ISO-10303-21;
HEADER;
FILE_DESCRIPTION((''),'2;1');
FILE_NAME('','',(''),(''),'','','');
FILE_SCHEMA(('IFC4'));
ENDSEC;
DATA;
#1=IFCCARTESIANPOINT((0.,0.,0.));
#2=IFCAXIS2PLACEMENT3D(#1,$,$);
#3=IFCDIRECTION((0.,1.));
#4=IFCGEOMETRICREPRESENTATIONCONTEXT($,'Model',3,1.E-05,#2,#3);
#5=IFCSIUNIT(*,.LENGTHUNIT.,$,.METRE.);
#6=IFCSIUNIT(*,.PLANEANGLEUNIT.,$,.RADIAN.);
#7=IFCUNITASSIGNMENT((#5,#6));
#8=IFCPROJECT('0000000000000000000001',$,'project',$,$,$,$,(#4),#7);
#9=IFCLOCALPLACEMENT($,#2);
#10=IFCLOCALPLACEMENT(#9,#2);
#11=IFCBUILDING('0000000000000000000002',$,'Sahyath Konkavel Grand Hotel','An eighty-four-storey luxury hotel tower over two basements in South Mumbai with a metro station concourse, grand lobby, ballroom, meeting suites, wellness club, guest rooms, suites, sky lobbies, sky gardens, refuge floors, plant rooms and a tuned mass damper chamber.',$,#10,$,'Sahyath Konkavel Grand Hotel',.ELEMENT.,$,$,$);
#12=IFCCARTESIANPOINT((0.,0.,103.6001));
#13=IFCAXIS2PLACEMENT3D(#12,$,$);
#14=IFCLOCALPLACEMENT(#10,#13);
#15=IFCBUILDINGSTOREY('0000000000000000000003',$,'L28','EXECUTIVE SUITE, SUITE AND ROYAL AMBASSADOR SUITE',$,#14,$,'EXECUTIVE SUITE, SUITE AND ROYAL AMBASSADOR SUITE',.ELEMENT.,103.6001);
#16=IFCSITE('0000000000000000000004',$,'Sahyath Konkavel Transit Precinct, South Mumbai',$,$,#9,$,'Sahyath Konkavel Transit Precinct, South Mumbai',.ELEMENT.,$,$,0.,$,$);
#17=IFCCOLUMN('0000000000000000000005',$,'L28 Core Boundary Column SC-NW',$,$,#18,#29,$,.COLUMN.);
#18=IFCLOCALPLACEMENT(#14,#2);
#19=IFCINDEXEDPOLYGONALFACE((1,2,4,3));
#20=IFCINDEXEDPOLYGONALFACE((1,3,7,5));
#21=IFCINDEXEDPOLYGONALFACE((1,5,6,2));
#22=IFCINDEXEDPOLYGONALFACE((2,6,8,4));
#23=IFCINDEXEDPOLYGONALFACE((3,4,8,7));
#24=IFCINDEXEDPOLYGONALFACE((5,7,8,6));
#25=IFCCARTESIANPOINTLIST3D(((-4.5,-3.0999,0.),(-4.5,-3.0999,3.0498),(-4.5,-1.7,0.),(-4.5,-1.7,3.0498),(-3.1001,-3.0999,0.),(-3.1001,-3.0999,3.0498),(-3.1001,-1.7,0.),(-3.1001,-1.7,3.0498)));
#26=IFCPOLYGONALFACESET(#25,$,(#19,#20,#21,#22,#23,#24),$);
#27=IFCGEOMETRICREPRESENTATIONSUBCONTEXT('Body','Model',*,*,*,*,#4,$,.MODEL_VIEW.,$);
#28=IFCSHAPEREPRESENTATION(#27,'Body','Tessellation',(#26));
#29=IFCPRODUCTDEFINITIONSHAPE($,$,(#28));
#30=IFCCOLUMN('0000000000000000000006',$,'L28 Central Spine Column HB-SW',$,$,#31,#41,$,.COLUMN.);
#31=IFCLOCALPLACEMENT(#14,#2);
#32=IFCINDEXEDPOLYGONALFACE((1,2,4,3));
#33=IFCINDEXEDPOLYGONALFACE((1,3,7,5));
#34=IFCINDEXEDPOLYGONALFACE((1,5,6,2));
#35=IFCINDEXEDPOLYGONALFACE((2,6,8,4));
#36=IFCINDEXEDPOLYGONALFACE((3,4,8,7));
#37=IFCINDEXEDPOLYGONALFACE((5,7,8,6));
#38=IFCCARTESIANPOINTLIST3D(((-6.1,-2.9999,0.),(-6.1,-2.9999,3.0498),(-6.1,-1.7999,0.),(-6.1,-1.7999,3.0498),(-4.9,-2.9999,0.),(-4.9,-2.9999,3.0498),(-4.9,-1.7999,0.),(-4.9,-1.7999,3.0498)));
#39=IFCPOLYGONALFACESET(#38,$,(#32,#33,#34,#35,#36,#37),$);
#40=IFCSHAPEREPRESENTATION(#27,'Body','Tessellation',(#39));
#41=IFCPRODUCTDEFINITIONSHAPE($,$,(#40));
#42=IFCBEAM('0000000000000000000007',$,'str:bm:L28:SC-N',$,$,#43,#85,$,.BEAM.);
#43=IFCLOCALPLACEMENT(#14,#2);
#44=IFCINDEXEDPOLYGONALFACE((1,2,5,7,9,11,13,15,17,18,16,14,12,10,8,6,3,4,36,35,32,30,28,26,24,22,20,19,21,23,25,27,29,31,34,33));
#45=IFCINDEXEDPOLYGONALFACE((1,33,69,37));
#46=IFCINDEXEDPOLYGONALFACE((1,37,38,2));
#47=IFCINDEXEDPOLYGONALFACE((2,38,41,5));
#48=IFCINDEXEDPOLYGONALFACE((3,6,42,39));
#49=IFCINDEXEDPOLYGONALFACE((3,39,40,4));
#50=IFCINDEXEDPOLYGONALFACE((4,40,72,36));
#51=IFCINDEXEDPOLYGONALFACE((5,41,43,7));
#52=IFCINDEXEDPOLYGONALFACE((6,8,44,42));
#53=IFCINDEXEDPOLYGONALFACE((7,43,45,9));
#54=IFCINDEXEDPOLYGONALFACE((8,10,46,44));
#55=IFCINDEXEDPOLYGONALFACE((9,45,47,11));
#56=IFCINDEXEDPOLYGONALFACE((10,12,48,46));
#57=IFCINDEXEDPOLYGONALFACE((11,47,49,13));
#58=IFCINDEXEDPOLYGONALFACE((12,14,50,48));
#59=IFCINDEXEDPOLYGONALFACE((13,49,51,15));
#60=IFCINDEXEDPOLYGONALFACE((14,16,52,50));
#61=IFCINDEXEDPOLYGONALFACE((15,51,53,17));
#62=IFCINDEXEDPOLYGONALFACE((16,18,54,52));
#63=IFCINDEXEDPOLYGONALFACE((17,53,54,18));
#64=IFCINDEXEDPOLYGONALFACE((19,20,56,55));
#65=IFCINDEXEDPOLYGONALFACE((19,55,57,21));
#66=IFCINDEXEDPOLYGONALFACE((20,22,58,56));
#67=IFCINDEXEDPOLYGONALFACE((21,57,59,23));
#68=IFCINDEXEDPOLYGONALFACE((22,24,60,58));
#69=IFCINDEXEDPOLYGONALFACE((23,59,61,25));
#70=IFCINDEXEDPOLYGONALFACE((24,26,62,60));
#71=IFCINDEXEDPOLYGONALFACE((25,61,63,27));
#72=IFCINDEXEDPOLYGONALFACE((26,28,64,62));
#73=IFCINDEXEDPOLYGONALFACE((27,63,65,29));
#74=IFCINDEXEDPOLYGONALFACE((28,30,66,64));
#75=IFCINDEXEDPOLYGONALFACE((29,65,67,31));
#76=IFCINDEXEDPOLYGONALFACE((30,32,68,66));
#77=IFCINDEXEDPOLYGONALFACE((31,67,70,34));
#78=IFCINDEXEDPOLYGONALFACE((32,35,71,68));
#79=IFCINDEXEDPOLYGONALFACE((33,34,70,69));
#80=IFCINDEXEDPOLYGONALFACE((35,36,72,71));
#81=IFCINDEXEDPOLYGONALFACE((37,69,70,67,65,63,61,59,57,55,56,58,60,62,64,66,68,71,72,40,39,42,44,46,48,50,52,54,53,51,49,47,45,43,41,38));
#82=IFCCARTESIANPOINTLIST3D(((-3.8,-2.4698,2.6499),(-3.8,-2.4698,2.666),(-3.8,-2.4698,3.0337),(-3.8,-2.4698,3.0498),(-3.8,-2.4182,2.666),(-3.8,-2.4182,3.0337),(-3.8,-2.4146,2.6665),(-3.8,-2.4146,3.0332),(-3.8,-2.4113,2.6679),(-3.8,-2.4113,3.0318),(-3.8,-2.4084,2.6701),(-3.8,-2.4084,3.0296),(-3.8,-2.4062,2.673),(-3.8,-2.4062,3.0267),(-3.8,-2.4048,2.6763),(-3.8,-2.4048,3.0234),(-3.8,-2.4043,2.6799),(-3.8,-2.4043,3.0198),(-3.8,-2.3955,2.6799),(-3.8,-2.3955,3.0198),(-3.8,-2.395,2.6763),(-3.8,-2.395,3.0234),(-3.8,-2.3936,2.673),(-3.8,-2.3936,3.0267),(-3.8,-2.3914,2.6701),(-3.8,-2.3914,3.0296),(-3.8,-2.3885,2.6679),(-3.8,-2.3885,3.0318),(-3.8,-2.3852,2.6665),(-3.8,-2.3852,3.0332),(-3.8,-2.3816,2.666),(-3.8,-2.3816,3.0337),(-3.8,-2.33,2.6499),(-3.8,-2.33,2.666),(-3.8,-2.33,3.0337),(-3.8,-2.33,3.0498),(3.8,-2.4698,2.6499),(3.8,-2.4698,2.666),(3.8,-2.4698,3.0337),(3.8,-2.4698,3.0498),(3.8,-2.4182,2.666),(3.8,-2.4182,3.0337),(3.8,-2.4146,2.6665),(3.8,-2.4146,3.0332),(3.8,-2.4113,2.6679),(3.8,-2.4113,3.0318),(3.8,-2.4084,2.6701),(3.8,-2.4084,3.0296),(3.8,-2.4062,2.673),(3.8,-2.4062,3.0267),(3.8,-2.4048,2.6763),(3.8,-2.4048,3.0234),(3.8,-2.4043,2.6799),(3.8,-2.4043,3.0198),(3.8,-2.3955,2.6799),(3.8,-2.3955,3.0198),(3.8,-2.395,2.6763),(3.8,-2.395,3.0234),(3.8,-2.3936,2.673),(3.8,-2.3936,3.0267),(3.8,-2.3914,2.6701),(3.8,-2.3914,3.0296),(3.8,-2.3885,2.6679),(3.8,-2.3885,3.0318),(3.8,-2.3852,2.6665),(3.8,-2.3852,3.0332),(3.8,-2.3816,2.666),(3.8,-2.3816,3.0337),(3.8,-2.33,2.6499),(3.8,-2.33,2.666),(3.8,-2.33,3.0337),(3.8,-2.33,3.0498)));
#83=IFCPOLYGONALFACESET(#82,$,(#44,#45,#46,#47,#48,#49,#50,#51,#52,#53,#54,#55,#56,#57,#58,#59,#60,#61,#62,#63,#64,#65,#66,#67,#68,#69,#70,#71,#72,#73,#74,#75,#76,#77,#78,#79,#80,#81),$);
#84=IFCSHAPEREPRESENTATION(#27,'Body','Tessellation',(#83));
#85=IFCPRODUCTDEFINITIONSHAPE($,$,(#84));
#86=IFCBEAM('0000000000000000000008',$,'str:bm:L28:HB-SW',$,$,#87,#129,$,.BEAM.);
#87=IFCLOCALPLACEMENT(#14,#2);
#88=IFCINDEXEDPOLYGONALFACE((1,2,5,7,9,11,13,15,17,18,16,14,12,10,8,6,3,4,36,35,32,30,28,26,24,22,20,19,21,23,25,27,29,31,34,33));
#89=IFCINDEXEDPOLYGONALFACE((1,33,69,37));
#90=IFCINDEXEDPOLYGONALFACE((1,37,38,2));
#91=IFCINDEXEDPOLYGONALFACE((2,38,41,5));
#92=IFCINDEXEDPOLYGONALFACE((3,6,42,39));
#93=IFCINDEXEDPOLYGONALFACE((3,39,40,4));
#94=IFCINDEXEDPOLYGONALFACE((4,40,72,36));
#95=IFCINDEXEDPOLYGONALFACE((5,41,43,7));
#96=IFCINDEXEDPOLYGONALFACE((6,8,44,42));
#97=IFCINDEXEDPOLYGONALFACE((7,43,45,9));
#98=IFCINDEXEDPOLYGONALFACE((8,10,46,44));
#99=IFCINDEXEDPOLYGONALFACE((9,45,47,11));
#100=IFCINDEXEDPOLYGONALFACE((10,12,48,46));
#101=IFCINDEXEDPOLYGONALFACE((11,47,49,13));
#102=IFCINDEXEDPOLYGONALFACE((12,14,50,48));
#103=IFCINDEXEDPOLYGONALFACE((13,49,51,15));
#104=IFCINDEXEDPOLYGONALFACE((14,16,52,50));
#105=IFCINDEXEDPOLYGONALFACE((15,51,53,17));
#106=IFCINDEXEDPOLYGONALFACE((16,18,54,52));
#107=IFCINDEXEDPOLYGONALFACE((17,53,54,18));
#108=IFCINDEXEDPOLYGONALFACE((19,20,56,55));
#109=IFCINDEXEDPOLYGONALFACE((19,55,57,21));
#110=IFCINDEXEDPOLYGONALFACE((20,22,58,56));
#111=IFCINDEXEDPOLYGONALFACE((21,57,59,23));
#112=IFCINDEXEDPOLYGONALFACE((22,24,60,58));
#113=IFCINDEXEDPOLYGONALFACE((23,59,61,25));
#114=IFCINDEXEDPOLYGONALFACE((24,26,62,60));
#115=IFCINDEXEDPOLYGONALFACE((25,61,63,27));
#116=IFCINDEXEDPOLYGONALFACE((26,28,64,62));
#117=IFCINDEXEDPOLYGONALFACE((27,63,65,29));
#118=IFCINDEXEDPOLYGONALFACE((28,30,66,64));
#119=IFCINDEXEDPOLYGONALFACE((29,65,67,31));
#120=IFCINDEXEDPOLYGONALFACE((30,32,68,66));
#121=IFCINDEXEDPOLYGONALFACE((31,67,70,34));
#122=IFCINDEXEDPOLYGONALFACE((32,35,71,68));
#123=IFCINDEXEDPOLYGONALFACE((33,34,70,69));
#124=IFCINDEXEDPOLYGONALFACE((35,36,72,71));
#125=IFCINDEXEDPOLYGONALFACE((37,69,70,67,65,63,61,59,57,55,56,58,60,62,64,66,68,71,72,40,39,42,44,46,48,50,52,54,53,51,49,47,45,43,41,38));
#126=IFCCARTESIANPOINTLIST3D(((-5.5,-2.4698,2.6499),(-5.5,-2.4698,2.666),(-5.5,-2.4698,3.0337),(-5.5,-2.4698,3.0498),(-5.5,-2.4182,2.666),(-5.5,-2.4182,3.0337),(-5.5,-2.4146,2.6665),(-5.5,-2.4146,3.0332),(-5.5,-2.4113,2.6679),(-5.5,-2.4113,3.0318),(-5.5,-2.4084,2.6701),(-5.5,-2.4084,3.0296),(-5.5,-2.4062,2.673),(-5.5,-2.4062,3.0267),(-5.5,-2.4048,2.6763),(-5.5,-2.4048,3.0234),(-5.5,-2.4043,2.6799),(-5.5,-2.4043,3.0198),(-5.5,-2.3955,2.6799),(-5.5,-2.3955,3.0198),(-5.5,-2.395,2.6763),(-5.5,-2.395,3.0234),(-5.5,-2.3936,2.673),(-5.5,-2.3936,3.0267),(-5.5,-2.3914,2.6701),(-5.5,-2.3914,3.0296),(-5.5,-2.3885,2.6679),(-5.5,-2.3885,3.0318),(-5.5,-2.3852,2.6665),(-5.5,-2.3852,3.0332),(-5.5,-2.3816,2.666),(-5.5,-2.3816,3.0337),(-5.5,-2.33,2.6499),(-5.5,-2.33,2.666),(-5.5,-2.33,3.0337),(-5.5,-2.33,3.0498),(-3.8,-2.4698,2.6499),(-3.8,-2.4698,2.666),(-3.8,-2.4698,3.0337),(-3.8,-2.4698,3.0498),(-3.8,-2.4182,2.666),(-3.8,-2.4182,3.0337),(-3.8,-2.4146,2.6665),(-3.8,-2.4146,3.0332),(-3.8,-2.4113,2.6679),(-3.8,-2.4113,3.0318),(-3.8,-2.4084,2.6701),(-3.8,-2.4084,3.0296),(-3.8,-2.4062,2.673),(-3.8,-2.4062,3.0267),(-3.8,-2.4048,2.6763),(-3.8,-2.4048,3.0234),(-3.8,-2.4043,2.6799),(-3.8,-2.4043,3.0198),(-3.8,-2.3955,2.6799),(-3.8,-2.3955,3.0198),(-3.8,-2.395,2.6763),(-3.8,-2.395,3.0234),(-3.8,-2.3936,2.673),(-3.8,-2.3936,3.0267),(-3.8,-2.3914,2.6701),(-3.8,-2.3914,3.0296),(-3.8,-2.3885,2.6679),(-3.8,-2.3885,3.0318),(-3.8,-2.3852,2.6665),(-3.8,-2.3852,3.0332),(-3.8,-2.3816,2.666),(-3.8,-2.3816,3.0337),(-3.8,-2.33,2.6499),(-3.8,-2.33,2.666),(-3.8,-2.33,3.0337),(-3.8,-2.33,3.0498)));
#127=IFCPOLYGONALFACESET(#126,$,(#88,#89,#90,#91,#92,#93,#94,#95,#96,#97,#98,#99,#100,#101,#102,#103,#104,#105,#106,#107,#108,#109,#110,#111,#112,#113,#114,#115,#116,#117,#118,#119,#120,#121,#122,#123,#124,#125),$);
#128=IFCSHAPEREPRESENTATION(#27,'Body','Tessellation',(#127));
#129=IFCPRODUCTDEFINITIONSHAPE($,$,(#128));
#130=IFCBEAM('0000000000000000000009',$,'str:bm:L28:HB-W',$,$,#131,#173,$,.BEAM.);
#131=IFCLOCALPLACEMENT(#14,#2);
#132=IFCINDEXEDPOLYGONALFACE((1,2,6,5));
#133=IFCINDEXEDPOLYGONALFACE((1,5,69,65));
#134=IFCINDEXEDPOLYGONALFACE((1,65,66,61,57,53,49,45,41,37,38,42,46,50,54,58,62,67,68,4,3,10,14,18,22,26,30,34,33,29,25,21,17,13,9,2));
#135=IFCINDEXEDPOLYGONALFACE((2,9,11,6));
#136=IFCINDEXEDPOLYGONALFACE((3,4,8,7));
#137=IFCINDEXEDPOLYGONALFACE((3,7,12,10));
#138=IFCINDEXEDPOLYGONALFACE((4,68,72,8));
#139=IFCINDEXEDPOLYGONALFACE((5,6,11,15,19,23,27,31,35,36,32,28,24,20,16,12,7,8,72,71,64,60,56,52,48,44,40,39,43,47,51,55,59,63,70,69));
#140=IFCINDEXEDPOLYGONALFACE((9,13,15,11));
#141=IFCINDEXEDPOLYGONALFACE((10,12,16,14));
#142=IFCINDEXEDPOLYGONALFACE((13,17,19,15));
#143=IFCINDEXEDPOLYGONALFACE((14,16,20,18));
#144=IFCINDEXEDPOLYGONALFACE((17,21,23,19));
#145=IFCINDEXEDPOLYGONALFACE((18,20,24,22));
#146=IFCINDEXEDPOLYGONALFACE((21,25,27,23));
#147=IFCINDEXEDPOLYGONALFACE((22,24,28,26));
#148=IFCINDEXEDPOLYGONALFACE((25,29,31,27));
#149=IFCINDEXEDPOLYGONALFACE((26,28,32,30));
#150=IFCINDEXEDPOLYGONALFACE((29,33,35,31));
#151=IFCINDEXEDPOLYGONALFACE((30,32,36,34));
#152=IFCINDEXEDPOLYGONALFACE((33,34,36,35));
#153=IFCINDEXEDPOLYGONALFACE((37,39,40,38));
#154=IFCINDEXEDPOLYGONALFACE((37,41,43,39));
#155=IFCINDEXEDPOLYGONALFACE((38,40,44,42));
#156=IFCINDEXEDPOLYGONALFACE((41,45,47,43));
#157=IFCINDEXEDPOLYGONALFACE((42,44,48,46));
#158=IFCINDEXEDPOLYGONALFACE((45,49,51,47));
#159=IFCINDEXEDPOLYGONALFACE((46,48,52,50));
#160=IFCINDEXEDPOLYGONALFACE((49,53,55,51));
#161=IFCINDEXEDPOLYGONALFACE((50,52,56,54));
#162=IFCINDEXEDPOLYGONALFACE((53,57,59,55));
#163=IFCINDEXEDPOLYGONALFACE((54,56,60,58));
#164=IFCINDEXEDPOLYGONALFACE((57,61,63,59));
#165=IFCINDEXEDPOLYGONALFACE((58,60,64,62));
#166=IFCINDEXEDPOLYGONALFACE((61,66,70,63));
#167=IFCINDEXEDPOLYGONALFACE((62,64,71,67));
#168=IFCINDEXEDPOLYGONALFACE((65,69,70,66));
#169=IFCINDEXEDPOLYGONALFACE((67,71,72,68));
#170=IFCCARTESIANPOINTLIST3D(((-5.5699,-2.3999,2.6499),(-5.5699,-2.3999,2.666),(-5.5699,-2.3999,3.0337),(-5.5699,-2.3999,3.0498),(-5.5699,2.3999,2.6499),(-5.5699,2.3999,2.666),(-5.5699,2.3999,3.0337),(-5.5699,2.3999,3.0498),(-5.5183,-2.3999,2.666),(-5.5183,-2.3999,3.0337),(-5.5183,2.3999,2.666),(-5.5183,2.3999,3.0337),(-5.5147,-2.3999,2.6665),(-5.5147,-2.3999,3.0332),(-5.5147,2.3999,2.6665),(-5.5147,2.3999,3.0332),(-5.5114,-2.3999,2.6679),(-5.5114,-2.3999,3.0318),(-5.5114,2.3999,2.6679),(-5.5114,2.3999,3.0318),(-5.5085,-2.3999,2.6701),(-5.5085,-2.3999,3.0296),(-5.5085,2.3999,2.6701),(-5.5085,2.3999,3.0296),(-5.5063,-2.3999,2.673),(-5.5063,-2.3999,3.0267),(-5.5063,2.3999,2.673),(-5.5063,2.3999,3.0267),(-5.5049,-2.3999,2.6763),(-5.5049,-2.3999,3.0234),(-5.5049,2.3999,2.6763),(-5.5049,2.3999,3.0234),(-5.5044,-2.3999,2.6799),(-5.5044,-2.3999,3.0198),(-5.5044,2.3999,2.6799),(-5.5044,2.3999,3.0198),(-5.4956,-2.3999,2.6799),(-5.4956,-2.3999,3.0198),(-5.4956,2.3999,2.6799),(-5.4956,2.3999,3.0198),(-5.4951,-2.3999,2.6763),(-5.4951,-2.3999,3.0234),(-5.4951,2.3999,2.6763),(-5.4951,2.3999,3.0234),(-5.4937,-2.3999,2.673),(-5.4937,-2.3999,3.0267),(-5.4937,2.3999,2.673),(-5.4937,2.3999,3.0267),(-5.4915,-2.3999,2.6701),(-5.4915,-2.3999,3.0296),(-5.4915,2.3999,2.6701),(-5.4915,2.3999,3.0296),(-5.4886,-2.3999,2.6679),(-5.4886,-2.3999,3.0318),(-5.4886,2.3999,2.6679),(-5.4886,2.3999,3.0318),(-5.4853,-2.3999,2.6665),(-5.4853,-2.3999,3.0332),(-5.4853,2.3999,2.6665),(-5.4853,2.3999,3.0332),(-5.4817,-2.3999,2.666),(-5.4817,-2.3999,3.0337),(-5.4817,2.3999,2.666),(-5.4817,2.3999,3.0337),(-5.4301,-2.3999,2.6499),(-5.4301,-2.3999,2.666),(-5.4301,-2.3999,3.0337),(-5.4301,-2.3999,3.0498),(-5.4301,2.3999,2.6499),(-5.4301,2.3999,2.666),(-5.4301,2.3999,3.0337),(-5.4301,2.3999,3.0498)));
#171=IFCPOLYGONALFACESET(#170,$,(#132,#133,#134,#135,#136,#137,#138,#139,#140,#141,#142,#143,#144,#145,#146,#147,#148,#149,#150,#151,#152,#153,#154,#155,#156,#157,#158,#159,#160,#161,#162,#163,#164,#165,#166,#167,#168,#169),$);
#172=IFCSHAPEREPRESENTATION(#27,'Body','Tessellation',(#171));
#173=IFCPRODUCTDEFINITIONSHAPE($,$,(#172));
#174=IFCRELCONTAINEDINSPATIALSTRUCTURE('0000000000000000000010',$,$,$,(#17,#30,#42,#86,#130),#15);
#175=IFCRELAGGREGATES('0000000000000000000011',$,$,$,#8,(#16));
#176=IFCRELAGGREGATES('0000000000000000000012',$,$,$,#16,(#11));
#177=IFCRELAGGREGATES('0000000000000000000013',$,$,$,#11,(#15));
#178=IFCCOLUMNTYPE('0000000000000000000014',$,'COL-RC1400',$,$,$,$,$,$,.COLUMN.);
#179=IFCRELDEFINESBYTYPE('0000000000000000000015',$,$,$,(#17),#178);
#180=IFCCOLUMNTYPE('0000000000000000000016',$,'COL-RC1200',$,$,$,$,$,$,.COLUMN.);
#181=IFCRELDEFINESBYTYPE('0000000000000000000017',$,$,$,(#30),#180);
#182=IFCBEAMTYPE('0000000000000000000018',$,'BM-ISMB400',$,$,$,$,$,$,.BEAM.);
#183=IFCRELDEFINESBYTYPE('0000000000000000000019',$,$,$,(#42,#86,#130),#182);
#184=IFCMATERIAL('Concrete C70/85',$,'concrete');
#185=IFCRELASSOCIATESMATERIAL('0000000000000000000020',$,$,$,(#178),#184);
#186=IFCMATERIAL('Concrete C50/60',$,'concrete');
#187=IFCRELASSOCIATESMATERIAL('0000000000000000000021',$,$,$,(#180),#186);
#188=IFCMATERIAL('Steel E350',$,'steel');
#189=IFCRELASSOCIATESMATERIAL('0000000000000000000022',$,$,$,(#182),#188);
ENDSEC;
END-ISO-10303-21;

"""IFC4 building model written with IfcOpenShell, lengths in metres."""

from ifc_helpers import new_model, si_unit, direction, frame, origin, origin_2d, place, context, subcontext, project, spatial, rectangle, i_section, extrude, source, transform, mapped, material, material_profile, profile_set, type_object, element, save


model = new_model("IFC4")

# Units and contexts
model_context = context("Model", 3, precision=1e-05, world=origin(), true_north=direction((0.0, 1.0)))
body_context = subcontext(model_context, "Body", "Model", "MODEL_VIEW")
ifc_project = project(units=[si_unit("LENGTHUNIT", "METRE"), si_unit("PLANEANGLEUNIT", "RADIAN")], contexts=[model_context])

# Site, building, storey
site_placement = place(None, origin())
site = spatial("IfcSite", under=ifc_project, at=site_placement, Name="Sahyath Konkavel Transit Precinct, South Mumbai", LongName="Sahyath Konkavel Transit Precinct, South Mumbai", CompositionType="ELEMENT", RefElevation=0.0)
building_placement = place(site_placement, origin())
building = spatial("IfcBuilding", under=site, at=building_placement, Name="Sahyath Konkavel Grand Hotel", Description="An eighty-four-storey luxury hotel tower over two basements in South Mumbai with a metro station concourse, grand lobby, ballroom, meeting suites, wellness club, guest rooms, suites, sky lobbies, sky gardens, refuge floors, plant rooms and a tuned mass damper chamber.", LongName="Sahyath Konkavel Grand Hotel", CompositionType="ELEMENT")
storey_placement = place(building_placement, frame((0.0, 0.0, 103.6001)))
storey = spatial("IfcBuildingStorey", under=building, at=storey_placement, Name="L28", Description="EXECUTIVE SUITE, SUITE AND ROYAL AMBASSADOR SUITE", LongName="EXECUTIVE SUITE, SUITE AND ROYAL AMBASSADOR SUITE", CompositionType="ELEMENT", Elevation=103.6001)

# Columns
ifc_material_1 = material(Name="Concrete C70/85", Category="concrete")
ifc_material_profile_1 = material_profile(ifc_material_1, rectangle(XDim=1.3999, YDim=1.3999, at=origin_2d()), Name="RC 1400x1400")
ifc_profile_set_1 = profile_set([ifc_material_profile_1], Name="Concrete C70/85")
column_type_1 = type_object("IfcColumnType", Name="COL-RC1400", PredefinedType="COLUMN", material=ifc_profile_set_1)
shared_shape_1 = source(origin(), body_context, "Body", "SweptSolid", [
    extrude(rectangle(XDim=1.3999, YDim=1.3999, at=origin_2d()), origin(), (0.0, 0.0, 1.0), 3.0498),
])
column_1_placement = place(storey_placement, frame((-3.8, -2.3999, 0.0), z_axis=(0.0, 0.0, 1.0), x_axis=(1.0, 0.0, 0.0)))
element("IfcColumn", 1, at=column_1_placement, inside=storey, type_object=column_type_1, Name="L28 Core Boundary Column SC-NW", PredefinedType="COLUMN", context=body_context, shape_type="MappedRepresentation", body=[
    mapped(shared_shape_1, transform((0.0, 0.0, 0.0), scale=1.0)),
])
ifc_material_2 = material(Name="Concrete C50/60", Category="concrete")
ifc_material_profile_2 = material_profile(ifc_material_2, rectangle(XDim=1.2, YDim=1.2, at=origin_2d()), Name="RC 1200x1200")
ifc_profile_set_2 = profile_set([ifc_material_profile_2], Name="Concrete C50/60")
column_type_2 = type_object("IfcColumnType", Name="COL-RC1200", PredefinedType="COLUMN", material=ifc_profile_set_2)
shared_shape_2 = source(origin(), body_context, "Body", "SweptSolid", [
    extrude(rectangle(XDim=1.2, YDim=1.2, at=origin_2d()), origin(), (0.0, 0.0, 1.0), 3.0498),
])
column_2_placement = place(storey_placement, frame((-5.5, -2.3999, 0.0), z_axis=(0.0, 0.0, 1.0), x_axis=(1.0, 0.0, 0.0)))
element("IfcColumn", 2, at=column_2_placement, inside=storey, type_object=column_type_2, Name="L28 Central Spine Column HB-SW", PredefinedType="COLUMN", context=body_context, shape_type="MappedRepresentation", body=[
    mapped(shared_shape_2, transform((0.0, 0.0, 0.0), scale=1.0)),
])

# Beams
ifc_material_3 = material(Name="Steel E350", Category="steel")
ifc_material_profile_3 = material_profile(ifc_material_3, i_section(OverallWidth=0.1399, OverallDepth=0.3999, WebThickness=0.0088, FlangeThickness=0.0161, FilletRadius=0.0139, at=origin_2d()), Name="ISMB 400")
ifc_profile_set_3 = profile_set([ifc_material_profile_3], Name="Steel E350")
beam_type_1 = type_object("IfcBeamType", Name="BM-ISMB400", PredefinedType="BEAM", material=ifc_profile_set_3)
shared_shape_3 = source(origin(), body_context, "Body", "SweptSolid", [
    extrude(i_section(OverallWidth=0.1399, OverallDepth=0.3999, WebThickness=0.0088, FlangeThickness=0.0161, FilletRadius=0.0139, at=origin_2d()), origin(), (0.0, 0.0, 1.0), 7.6001),
])
beam_1_placement = place(storey_placement, frame((-3.8, -2.3999, 2.8499), z_axis=(1.0, 0.0, 0.0), x_axis=(0.0, 1.0, 0.0)))
element("IfcBeam", 3, at=beam_1_placement, inside=storey, type_object=beam_type_1, Name="str:bm:L28:SC-N", PredefinedType="BEAM", context=body_context, shape_type="MappedRepresentation", body=[
    mapped(shared_shape_3, transform((0.0, 0.0, 0.0), scale=1.0)),
])
shared_shape_4 = source(origin(), body_context, "Body", "SweptSolid", [
    extrude(i_section(OverallWidth=0.1399, OverallDepth=0.3999, WebThickness=0.0088, FlangeThickness=0.0161, FilletRadius=0.0139, at=origin_2d()), origin(), (0.0, 0.0, 1.0), 1.7),
])
beam_2_placement = place(storey_placement, frame((-5.5, -2.3999, 2.8499), z_axis=(1.0, 0.0, 0.0), x_axis=(0.0, 1.0, 0.0)))
element("IfcBeam", 4, at=beam_2_placement, inside=storey, type_object=beam_type_1, Name="str:bm:L28:HB-SW", PredefinedType="BEAM", context=body_context, shape_type="MappedRepresentation", body=[
    mapped(shared_shape_4, transform((0.0, 0.0, 0.0), scale=1.0)),
])
shared_shape_5 = source(origin(), body_context, "Body", "SweptSolid", [
    extrude(i_section(OverallWidth=0.1399, OverallDepth=0.3999, WebThickness=0.0088, FlangeThickness=0.0161, FilletRadius=0.0139, at=origin_2d()), origin(), (0.0, 0.0, 1.0), 4.7998),
])
beam_3_placement = place(storey_placement, frame((-5.5, -2.3999, 2.8499), z_axis=(0.0, 1.0, 0.0), x_axis=(-1.0, 0.0, 0.0)))
element("IfcBeam", 5, at=beam_3_placement, inside=storey, type_object=beam_type_1, Name="str:bm:L28:HB-W", PredefinedType="BEAM", context=body_context, shape_type="MappedRepresentation", body=[
    mapped(shared_shape_5, transform((0.0, 0.0, 0.0), scale=1.0)),
])

save(model, "model.ifc")
